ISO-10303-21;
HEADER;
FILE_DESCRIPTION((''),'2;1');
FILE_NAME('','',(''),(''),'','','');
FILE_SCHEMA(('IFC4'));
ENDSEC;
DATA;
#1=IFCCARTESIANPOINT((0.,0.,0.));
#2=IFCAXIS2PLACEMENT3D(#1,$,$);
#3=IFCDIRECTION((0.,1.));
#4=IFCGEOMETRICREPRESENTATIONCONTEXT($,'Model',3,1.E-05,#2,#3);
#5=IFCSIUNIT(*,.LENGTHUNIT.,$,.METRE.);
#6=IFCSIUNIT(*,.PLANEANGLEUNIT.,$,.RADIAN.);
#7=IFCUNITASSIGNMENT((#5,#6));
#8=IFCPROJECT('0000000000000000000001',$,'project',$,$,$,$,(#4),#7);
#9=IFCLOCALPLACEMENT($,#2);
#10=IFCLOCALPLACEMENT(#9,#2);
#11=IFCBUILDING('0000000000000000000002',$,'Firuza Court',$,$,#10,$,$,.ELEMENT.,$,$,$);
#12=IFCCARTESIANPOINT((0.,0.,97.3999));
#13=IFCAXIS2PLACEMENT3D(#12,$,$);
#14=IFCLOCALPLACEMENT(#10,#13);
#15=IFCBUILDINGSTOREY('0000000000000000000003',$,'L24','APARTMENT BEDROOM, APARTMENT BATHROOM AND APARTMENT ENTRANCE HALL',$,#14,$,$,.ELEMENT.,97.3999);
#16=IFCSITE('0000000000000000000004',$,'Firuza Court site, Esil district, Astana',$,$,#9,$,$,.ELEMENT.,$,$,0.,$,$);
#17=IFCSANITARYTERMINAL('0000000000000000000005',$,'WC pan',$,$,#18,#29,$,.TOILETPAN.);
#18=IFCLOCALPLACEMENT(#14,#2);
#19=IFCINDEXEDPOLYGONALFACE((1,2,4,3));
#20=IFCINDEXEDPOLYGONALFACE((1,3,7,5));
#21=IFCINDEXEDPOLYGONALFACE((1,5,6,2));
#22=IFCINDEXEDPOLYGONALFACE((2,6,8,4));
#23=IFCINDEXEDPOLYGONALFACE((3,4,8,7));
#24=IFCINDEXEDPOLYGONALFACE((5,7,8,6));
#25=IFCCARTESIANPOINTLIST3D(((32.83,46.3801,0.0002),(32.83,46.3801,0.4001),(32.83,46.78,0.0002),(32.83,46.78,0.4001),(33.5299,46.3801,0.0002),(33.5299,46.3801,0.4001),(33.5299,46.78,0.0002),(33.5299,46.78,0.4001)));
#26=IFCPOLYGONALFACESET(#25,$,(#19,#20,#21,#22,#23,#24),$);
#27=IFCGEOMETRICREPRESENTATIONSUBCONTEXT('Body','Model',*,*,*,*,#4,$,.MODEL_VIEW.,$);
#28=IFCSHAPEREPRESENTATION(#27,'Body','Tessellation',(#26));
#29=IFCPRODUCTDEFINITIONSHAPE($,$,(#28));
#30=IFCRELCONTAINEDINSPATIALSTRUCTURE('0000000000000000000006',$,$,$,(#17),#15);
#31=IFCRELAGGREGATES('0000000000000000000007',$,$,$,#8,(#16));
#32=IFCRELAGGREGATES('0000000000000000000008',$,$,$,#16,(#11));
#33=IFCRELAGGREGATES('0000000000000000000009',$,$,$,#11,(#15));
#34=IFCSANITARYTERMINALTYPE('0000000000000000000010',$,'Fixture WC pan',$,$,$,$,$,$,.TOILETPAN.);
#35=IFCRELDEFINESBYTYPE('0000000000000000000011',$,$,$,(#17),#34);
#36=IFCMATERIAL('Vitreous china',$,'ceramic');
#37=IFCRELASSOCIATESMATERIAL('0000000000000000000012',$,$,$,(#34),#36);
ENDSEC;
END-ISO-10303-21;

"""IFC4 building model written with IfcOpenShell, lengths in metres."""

from ifc_helpers import new_model, si_unit, direction, frame, origin, origin_2d, place, context, subcontext, project, spatial, rectangle, extrude, material, type_object, element, save


model = new_model("IFC4")

# Units and contexts
model_context = context("Model", 3, precision=1e-05, world=origin(), true_north=direction((0.0, 1.0)))
body_context = subcontext(model_context, "Body", "Model", "MODEL_VIEW")
ifc_project = project(units=[si_unit("LENGTHUNIT", "METRE"), si_unit("PLANEANGLEUNIT", "RADIAN")], contexts=[model_context])

# Site, building, storey
site_placement = place(None, origin())
site = spatial("IfcSite", under=ifc_project, at=site_placement, Name="Firuza Court site, Esil district, Astana", CompositionType="ELEMENT", RefElevation=0.0)
building_placement = place(site_placement, origin())
building = spatial("IfcBuilding", under=site, at=building_placement, Name="Firuza Court", CompositionType="ELEMENT")
storey_placement = place(building_placement, frame((0.0, 0.0, 97.3999)))
storey = spatial("IfcBuildingStorey", under=building, at=storey_placement, Name="L24", Description="APARTMENT BEDROOM, APARTMENT BATHROOM AND APARTMENT ENTRANCE HALL", CompositionType="ELEMENT", Elevation=97.3999)

# Sanitary terminal
ifc_material_1 = material(Name="Vitreous china", Category="ceramic")
sanitary_terminal_type_1 = type_object("IfcSanitaryTerminalType", Name="Fixture WC pan", PredefinedType="TOILETPAN", material=ifc_material_1)
for number, where, z_axis, x_axis, name in (
    (1, (33.1799, 46.5801, 0.0002), (0.0, 0.0, 1.0), (1.0, 0.0, 0.0), "WC pan"),
):
    element("IfcSanitaryTerminal", number, at=place(storey_placement, frame(where, z_axis=z_axis, x_axis=x_axis)), inside=storey, type_object=sanitary_terminal_type_1, Name=name, PredefinedType="TOILETPAN", context=body_context, shape_type="SweptSolid", body=[
        extrude(rectangle(XDim=0.7, YDim=0.3999, at=origin_2d()), origin(), (0.0, 0.0, 1.0), 0.3999),
    ])

save(model, "model.ifc")
